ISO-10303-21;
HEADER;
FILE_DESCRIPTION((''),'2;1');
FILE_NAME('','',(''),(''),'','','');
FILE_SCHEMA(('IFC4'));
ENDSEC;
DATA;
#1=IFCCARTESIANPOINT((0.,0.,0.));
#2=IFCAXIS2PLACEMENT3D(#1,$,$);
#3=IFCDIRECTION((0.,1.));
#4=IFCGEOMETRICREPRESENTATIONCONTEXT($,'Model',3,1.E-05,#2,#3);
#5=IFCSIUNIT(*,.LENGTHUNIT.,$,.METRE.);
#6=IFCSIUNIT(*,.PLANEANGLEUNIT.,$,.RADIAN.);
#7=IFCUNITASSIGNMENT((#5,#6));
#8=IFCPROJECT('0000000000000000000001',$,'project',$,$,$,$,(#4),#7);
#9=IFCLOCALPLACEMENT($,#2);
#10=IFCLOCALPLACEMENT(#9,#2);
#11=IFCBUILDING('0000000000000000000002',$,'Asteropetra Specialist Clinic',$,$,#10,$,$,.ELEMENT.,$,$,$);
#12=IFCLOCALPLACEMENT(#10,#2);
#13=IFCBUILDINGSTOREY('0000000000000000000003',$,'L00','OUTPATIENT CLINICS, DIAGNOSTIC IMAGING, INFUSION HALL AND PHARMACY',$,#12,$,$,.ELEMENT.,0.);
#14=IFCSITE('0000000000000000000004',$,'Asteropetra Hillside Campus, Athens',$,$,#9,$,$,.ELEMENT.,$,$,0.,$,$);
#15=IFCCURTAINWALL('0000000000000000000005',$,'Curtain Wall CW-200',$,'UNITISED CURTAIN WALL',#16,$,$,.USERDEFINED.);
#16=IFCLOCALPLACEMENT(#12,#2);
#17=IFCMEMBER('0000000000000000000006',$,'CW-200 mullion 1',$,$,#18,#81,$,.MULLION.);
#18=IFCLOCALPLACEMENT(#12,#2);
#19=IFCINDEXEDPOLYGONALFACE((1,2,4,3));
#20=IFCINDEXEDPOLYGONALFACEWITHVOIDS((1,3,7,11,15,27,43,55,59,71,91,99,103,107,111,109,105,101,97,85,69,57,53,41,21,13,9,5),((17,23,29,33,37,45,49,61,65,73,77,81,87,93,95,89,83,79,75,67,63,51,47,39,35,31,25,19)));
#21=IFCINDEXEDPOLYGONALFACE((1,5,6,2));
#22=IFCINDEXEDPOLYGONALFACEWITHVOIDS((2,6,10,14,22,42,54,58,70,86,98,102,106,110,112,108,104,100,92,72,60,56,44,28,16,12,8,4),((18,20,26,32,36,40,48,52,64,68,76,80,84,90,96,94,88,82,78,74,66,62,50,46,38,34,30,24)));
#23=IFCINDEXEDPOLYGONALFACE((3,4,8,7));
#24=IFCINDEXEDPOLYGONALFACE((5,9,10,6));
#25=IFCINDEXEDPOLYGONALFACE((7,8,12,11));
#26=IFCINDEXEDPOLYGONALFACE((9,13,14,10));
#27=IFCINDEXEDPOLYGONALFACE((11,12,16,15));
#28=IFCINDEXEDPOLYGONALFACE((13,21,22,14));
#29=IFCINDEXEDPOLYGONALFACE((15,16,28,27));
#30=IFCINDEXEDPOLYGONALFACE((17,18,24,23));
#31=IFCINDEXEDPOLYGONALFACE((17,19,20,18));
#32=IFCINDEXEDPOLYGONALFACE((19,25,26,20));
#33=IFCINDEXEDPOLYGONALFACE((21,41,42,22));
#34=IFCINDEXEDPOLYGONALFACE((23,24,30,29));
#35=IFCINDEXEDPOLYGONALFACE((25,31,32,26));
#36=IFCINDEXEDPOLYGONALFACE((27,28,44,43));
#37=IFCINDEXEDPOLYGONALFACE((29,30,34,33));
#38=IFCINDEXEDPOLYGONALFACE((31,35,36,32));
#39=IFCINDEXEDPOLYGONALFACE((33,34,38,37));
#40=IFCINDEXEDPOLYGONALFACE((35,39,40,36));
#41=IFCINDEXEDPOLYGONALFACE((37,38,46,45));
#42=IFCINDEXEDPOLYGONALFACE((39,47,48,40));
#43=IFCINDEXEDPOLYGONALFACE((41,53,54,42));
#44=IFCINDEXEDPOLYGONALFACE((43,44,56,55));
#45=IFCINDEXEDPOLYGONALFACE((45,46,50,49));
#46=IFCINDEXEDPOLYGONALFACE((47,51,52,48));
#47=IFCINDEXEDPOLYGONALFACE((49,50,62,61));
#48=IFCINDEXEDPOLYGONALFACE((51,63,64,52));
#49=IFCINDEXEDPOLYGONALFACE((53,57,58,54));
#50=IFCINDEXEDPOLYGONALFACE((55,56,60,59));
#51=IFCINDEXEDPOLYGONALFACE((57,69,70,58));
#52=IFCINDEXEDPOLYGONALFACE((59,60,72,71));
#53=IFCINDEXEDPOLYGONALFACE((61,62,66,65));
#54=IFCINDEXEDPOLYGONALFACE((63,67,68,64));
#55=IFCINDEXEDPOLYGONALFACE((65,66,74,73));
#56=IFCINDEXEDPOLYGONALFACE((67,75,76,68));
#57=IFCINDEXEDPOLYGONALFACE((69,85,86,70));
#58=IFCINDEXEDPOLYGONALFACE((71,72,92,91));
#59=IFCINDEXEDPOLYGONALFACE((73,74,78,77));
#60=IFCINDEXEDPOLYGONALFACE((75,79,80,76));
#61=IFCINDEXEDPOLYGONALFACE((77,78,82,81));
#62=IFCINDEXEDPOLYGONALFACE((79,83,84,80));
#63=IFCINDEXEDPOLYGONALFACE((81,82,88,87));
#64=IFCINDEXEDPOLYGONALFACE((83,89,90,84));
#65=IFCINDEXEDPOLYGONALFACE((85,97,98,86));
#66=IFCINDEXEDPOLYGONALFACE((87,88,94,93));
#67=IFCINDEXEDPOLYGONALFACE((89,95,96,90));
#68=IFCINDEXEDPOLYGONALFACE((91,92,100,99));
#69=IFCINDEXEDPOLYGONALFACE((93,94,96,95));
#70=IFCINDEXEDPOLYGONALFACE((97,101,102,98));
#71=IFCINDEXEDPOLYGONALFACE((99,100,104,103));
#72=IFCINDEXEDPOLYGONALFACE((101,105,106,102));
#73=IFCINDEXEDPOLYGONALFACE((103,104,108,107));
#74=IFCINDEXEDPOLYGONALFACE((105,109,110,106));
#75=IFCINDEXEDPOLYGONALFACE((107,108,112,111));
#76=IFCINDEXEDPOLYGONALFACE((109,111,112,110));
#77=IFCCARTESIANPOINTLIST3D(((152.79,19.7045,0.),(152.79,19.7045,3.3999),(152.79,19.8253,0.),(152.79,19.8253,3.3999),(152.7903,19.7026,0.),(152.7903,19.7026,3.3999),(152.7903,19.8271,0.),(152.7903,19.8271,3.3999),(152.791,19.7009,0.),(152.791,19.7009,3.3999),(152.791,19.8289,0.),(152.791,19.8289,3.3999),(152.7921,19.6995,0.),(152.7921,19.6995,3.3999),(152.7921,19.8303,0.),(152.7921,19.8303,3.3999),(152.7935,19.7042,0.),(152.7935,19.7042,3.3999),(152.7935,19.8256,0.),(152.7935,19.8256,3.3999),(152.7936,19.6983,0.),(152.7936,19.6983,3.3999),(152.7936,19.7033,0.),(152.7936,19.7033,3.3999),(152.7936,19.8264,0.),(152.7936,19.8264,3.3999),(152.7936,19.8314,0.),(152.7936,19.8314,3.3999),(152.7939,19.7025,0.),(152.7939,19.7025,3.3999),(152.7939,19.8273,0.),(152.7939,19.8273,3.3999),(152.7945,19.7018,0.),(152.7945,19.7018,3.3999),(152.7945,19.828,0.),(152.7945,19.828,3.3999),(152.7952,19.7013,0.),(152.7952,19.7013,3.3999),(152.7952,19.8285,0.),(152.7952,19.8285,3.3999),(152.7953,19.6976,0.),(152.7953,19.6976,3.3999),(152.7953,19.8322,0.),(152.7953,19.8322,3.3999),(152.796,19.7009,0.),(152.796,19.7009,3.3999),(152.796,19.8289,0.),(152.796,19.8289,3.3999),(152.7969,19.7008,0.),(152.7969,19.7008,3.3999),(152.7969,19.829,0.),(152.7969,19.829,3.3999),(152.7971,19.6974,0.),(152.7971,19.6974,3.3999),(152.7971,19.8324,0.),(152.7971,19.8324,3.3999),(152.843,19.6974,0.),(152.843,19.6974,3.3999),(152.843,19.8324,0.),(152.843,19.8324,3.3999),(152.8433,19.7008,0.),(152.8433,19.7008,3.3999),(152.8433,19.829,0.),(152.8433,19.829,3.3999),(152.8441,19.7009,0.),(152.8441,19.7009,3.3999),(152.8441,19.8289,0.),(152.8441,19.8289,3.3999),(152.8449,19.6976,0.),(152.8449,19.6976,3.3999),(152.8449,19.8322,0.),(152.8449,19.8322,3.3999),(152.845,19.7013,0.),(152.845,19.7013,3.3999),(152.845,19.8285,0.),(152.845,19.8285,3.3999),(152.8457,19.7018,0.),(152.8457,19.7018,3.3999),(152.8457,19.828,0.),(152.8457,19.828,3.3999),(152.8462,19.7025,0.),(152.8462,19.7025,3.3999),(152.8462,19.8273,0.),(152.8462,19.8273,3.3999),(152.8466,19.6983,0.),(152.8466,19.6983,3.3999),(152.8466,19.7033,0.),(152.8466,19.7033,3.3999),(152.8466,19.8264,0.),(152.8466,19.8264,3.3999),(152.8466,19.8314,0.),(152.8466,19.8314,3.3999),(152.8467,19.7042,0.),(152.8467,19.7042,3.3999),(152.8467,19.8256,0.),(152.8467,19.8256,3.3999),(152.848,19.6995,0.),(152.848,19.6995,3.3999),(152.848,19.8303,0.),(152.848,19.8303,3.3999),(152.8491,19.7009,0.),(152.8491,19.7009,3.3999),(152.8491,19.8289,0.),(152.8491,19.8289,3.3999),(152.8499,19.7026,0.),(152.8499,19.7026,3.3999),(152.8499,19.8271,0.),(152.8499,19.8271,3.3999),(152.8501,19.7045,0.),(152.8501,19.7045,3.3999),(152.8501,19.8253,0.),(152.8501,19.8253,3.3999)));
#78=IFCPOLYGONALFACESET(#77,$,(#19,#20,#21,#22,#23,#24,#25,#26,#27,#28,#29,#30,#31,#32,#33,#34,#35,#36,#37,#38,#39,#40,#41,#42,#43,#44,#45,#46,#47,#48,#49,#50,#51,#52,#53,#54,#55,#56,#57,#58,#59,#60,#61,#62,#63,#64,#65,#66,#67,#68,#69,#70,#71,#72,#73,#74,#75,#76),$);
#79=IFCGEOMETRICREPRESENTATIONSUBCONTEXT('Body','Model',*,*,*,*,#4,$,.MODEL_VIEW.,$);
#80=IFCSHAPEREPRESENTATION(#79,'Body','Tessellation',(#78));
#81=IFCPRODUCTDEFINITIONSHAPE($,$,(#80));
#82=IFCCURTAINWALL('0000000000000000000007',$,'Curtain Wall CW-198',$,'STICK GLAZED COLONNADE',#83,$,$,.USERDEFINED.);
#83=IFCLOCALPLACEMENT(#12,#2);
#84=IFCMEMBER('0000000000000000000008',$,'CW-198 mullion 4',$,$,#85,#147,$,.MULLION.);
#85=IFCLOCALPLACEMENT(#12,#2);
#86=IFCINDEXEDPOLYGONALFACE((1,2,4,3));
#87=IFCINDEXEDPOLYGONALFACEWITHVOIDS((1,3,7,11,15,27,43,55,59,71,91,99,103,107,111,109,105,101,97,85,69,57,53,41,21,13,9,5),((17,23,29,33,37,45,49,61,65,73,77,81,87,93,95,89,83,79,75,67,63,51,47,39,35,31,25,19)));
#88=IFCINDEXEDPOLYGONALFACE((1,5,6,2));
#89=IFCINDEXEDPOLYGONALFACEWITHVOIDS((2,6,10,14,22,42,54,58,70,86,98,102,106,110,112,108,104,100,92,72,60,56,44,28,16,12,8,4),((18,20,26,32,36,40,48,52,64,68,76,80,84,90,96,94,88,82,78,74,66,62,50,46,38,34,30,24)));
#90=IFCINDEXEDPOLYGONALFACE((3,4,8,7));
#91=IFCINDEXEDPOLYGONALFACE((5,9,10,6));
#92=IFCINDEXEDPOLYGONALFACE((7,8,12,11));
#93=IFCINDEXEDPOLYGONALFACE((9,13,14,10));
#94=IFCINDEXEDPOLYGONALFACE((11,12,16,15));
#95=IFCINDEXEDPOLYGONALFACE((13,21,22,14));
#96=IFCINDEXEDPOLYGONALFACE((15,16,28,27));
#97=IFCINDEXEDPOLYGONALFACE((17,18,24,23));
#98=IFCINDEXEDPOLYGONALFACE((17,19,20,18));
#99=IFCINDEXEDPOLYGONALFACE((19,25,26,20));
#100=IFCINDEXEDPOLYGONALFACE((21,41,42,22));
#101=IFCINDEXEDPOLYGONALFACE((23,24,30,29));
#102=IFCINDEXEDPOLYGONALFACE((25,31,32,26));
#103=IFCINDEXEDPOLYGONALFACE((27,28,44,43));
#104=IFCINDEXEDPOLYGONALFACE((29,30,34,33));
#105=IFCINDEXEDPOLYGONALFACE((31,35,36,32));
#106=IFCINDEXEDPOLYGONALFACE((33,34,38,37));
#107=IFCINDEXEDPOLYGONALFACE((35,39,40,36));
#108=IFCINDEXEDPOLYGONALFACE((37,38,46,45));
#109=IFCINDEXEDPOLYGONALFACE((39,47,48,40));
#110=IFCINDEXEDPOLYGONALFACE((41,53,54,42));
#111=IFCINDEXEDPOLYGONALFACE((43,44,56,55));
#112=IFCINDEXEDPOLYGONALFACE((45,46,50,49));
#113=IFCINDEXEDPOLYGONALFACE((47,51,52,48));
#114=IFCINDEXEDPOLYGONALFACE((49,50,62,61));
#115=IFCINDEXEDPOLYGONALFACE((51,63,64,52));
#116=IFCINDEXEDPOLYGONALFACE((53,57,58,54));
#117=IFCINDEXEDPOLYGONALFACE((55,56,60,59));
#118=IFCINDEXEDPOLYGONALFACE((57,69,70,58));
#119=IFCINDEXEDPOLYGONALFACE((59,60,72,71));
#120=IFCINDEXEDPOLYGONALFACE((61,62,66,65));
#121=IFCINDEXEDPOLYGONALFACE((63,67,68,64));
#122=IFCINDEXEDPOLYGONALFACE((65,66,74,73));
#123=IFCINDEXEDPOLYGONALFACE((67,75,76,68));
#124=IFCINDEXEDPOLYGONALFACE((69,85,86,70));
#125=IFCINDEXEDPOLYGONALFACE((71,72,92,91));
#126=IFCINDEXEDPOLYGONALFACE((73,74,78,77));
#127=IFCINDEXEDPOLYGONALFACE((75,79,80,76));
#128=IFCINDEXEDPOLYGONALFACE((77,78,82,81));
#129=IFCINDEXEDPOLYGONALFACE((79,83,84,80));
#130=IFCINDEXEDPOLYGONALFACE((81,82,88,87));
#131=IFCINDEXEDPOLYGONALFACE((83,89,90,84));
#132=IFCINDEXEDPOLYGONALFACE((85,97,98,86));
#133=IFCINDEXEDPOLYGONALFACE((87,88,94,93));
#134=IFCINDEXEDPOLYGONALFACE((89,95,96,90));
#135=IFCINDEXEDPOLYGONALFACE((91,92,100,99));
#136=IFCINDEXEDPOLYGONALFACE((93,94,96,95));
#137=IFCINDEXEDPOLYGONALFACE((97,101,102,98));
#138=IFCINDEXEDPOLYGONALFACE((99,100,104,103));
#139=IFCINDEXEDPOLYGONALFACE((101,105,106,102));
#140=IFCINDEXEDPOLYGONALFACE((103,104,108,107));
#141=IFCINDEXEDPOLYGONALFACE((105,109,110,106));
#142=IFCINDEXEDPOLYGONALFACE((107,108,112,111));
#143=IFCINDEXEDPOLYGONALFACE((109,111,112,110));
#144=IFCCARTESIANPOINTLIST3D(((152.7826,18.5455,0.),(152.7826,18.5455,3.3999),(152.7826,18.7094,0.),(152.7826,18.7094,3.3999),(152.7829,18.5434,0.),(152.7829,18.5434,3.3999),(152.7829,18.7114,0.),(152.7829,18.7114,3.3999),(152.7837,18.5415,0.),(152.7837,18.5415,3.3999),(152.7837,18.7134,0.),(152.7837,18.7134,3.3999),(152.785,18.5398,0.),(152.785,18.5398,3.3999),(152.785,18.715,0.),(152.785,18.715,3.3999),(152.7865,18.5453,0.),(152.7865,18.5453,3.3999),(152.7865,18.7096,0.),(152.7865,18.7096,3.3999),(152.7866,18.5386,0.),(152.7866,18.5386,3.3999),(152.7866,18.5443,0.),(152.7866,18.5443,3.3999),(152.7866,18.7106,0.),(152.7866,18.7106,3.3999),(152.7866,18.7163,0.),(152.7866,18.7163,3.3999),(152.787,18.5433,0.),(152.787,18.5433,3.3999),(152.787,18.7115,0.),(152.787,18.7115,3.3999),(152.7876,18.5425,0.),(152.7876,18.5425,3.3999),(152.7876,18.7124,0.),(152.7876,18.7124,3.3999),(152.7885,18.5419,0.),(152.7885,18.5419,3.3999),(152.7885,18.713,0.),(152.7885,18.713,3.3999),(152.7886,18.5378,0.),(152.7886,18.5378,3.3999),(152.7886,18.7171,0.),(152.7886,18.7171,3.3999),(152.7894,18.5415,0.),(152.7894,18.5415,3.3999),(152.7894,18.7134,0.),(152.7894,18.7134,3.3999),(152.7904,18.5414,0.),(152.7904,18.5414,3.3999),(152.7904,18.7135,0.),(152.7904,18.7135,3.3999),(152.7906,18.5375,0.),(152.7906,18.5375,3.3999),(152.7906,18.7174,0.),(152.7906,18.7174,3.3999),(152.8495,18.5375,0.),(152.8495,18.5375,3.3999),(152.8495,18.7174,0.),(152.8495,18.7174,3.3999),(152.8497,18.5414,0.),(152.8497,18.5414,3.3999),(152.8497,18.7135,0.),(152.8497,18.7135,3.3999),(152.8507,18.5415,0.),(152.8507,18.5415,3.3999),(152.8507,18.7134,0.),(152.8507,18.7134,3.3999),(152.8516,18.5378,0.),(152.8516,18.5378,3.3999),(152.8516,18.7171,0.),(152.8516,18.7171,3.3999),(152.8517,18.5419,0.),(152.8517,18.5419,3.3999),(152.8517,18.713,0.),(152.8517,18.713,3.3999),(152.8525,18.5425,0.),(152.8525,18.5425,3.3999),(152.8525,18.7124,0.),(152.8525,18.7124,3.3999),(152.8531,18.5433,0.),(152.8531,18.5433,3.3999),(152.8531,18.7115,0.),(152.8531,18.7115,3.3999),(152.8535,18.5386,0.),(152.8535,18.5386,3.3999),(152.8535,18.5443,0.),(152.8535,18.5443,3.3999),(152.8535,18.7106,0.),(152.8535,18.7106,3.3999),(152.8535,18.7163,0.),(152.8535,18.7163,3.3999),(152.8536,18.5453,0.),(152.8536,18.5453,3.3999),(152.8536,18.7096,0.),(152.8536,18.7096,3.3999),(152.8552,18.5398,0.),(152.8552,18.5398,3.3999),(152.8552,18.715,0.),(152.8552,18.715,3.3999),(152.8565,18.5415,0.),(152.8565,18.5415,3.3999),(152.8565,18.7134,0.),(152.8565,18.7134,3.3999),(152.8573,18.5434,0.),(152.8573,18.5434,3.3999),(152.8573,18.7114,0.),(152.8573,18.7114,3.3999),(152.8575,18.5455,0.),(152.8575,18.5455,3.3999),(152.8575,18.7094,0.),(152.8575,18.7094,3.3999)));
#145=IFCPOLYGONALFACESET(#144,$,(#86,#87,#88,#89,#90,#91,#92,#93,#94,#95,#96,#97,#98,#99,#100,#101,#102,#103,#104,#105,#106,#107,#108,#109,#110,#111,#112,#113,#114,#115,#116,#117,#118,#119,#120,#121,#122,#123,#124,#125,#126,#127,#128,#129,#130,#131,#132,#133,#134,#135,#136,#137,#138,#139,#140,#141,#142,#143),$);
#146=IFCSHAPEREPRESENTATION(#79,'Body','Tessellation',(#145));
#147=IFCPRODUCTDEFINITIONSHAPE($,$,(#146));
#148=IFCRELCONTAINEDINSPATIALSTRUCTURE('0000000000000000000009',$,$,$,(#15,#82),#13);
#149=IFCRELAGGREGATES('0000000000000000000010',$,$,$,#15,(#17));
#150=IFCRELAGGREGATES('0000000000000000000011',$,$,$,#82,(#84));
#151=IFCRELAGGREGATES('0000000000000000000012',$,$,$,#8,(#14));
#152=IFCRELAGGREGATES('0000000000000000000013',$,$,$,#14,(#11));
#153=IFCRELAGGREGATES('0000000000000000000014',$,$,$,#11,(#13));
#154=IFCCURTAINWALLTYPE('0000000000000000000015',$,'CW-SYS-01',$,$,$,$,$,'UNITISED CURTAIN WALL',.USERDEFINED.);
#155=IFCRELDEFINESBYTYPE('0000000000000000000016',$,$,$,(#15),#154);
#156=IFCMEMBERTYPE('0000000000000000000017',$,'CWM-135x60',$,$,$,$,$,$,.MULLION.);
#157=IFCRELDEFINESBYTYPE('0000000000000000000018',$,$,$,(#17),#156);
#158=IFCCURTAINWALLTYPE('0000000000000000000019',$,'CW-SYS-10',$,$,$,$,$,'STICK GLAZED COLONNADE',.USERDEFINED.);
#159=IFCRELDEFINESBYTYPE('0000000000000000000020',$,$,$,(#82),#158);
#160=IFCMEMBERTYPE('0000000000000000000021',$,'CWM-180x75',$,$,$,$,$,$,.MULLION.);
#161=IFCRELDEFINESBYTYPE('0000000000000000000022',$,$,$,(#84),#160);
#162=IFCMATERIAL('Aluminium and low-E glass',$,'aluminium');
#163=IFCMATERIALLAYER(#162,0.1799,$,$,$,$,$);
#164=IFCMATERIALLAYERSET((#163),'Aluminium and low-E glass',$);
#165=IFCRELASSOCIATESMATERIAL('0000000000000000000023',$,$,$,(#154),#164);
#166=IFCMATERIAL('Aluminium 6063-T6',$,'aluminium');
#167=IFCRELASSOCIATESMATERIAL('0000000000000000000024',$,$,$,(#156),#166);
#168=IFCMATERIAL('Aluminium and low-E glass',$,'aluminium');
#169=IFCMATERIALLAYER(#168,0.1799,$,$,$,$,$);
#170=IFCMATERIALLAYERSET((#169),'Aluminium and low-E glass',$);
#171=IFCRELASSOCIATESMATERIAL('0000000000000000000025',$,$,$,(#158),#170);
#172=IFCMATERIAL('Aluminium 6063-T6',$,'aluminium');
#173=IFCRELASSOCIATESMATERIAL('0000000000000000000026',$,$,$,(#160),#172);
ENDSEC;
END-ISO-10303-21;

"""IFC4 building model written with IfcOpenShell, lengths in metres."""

from ifc_helpers import new_model, si_unit, direction, frame, origin, origin_2d, place, context, subcontext, project, spatial, hollow_rectangle, extrude, material, layer, layer_set, material_profile, profile_set, type_object, element, aggregate, save


model = new_model("IFC4")

# Units and contexts
model_context = context("Model", 3, precision=1e-05, world=origin(), true_north=direction((0.0, 1.0)))
body_context = subcontext(model_context, "Body", "Model", "MODEL_VIEW")
ifc_project = project(units=[si_unit("LENGTHUNIT", "METRE"), si_unit("PLANEANGLEUNIT", "RADIAN")], contexts=[model_context])

# Site, building, storey
site_placement = place(None, origin())
site = spatial("IfcSite", under=ifc_project, at=site_placement, Name="Asteropetra Hillside Campus, Athens", CompositionType="ELEMENT", RefElevation=0.0)
building_placement = place(site_placement, origin())
building = spatial("IfcBuilding", under=site, at=building_placement, Name="Asteropetra Specialist Clinic", CompositionType="ELEMENT")
storey_placement = place(building_placement, origin())
storey = spatial("IfcBuildingStorey", under=building, at=storey_placement, Name="L00", Description="OUTPATIENT CLINICS, DIAGNOSTIC IMAGING, INFUSION HALL AND PHARMACY", CompositionType="ELEMENT", Elevation=0.0)

# Curtain walls, members
ifc_material_1 = material(Name="Aluminium and low-E glass", Category="aluminium")
ifc_layer_1 = layer(ifc_material_1, 0.1799)
ifc_layer_set_1 = layer_set([ifc_layer_1], Name="Aluminium and low-E glass")
curtain_wall_type_1 = type_object("IfcCurtainWallType", Name="CW-SYS-01", ElementType="UNITISED CURTAIN WALL", PredefinedType="USERDEFINED", material=ifc_layer_set_1)
curtain_wall_1_placement = place(storey_placement, origin())
curtain_wall_1 = element("IfcCurtainWall", 1, at=curtain_wall_1_placement, inside=storey, type_object=curtain_wall_type_1, Name="Curtain Wall CW-200", ObjectType="UNITISED CURTAIN WALL", PredefinedType="USERDEFINED")
ifc_material_2 = material(Name="Aluminium 6063-T6", Category="aluminium")
ifc_material_profile_1 = material_profile(ifc_material_2, hollow_rectangle(XDim=0.0601, YDim=0.135, WallThickness=0.0034, InnerFilletRadius=0.0034, OuterFilletRadius=0.0071, at=origin_2d()), Name="MUL 135x60x3.5")
ifc_profile_set_1 = profile_set([ifc_material_profile_1], Name="Aluminium 6063-T6")
member_type_1 = type_object("IfcMemberType", Name="CWM-135x60", PredefinedType="MULLION", material=ifc_profile_set_1)
member_1_placement = place(storey_placement, frame((152.8201, 19.7649, 0.0), z_axis=(0.0, 0.0, 1.0), x_axis=(-1.0, 0.0, 0.0)))
member_1 = element("IfcMember", 2, at=member_1_placement, type_object=member_type_1, Name="CW-200 mullion 1", PredefinedType="MULLION", context=body_context, shape_type="SweptSolid", body=[
    extrude(hollow_rectangle(XDim=0.0601, YDim=0.135, WallThickness=0.0034, InnerFilletRadius=0.0034, OuterFilletRadius=0.0071, at=origin_2d()), origin(), (0.0, 0.0, 1.0), 3.3999),
])
ifc_material_3 = material(Name="Aluminium and low-E glass", Category="aluminium")
ifc_layer_2 = layer(ifc_material_3, 0.1799)
ifc_layer_set_2 = layer_set([ifc_layer_2], Name="Aluminium and low-E glass")
curtain_wall_type_2 = type_object("IfcCurtainWallType", Name="CW-SYS-10", ElementType="STICK GLAZED COLONNADE", PredefinedType="USERDEFINED", material=ifc_layer_set_2)
curtain_wall_2_placement = place(storey_placement, origin())
curtain_wall_2 = element("IfcCurtainWall", 3, at=curtain_wall_2_placement, inside=storey, type_object=curtain_wall_type_2, Name="Curtain Wall CW-198", ObjectType="STICK GLAZED COLONNADE", PredefinedType="USERDEFINED")
ifc_material_4 = material(Name="Aluminium 6063-T6", Category="aluminium")
ifc_material_profile_2 = material_profile(ifc_material_4, hollow_rectangle(XDim=0.075, YDim=0.1799, WallThickness=0.0039, InnerFilletRadius=0.0039, OuterFilletRadius=0.0081, at=origin_2d()), Name="MUL 180x75x4.0")
ifc_profile_set_2 = profile_set([ifc_material_profile_2], Name="Aluminium 6063-T6")
member_type_2 = type_object("IfcMemberType", Name="CWM-180x75", PredefinedType="MULLION", material=ifc_profile_set_2)
member_2_placement = place(storey_placement, frame((152.8201, 18.6274, 0.0), z_axis=(0.0, 0.0, 1.0), x_axis=(-1.0, 0.0, 0.0)))
member_2 = element("IfcMember", 4, at=member_2_placement, type_object=member_type_2, Name="CW-198 mullion 4", PredefinedType="MULLION", context=body_context, shape_type="SweptSolid", body=[
    extrude(hollow_rectangle(XDim=0.075, YDim=0.1799, WallThickness=0.0039, InnerFilletRadius=0.0039, OuterFilletRadius=0.0081, at=origin_2d()), origin(), (0.0, 0.0, 1.0), 3.3999),
])

aggregate(curtain_wall_1, [member_1])
aggregate(curtain_wall_2, [member_2])

save(model, "model.ifc")
